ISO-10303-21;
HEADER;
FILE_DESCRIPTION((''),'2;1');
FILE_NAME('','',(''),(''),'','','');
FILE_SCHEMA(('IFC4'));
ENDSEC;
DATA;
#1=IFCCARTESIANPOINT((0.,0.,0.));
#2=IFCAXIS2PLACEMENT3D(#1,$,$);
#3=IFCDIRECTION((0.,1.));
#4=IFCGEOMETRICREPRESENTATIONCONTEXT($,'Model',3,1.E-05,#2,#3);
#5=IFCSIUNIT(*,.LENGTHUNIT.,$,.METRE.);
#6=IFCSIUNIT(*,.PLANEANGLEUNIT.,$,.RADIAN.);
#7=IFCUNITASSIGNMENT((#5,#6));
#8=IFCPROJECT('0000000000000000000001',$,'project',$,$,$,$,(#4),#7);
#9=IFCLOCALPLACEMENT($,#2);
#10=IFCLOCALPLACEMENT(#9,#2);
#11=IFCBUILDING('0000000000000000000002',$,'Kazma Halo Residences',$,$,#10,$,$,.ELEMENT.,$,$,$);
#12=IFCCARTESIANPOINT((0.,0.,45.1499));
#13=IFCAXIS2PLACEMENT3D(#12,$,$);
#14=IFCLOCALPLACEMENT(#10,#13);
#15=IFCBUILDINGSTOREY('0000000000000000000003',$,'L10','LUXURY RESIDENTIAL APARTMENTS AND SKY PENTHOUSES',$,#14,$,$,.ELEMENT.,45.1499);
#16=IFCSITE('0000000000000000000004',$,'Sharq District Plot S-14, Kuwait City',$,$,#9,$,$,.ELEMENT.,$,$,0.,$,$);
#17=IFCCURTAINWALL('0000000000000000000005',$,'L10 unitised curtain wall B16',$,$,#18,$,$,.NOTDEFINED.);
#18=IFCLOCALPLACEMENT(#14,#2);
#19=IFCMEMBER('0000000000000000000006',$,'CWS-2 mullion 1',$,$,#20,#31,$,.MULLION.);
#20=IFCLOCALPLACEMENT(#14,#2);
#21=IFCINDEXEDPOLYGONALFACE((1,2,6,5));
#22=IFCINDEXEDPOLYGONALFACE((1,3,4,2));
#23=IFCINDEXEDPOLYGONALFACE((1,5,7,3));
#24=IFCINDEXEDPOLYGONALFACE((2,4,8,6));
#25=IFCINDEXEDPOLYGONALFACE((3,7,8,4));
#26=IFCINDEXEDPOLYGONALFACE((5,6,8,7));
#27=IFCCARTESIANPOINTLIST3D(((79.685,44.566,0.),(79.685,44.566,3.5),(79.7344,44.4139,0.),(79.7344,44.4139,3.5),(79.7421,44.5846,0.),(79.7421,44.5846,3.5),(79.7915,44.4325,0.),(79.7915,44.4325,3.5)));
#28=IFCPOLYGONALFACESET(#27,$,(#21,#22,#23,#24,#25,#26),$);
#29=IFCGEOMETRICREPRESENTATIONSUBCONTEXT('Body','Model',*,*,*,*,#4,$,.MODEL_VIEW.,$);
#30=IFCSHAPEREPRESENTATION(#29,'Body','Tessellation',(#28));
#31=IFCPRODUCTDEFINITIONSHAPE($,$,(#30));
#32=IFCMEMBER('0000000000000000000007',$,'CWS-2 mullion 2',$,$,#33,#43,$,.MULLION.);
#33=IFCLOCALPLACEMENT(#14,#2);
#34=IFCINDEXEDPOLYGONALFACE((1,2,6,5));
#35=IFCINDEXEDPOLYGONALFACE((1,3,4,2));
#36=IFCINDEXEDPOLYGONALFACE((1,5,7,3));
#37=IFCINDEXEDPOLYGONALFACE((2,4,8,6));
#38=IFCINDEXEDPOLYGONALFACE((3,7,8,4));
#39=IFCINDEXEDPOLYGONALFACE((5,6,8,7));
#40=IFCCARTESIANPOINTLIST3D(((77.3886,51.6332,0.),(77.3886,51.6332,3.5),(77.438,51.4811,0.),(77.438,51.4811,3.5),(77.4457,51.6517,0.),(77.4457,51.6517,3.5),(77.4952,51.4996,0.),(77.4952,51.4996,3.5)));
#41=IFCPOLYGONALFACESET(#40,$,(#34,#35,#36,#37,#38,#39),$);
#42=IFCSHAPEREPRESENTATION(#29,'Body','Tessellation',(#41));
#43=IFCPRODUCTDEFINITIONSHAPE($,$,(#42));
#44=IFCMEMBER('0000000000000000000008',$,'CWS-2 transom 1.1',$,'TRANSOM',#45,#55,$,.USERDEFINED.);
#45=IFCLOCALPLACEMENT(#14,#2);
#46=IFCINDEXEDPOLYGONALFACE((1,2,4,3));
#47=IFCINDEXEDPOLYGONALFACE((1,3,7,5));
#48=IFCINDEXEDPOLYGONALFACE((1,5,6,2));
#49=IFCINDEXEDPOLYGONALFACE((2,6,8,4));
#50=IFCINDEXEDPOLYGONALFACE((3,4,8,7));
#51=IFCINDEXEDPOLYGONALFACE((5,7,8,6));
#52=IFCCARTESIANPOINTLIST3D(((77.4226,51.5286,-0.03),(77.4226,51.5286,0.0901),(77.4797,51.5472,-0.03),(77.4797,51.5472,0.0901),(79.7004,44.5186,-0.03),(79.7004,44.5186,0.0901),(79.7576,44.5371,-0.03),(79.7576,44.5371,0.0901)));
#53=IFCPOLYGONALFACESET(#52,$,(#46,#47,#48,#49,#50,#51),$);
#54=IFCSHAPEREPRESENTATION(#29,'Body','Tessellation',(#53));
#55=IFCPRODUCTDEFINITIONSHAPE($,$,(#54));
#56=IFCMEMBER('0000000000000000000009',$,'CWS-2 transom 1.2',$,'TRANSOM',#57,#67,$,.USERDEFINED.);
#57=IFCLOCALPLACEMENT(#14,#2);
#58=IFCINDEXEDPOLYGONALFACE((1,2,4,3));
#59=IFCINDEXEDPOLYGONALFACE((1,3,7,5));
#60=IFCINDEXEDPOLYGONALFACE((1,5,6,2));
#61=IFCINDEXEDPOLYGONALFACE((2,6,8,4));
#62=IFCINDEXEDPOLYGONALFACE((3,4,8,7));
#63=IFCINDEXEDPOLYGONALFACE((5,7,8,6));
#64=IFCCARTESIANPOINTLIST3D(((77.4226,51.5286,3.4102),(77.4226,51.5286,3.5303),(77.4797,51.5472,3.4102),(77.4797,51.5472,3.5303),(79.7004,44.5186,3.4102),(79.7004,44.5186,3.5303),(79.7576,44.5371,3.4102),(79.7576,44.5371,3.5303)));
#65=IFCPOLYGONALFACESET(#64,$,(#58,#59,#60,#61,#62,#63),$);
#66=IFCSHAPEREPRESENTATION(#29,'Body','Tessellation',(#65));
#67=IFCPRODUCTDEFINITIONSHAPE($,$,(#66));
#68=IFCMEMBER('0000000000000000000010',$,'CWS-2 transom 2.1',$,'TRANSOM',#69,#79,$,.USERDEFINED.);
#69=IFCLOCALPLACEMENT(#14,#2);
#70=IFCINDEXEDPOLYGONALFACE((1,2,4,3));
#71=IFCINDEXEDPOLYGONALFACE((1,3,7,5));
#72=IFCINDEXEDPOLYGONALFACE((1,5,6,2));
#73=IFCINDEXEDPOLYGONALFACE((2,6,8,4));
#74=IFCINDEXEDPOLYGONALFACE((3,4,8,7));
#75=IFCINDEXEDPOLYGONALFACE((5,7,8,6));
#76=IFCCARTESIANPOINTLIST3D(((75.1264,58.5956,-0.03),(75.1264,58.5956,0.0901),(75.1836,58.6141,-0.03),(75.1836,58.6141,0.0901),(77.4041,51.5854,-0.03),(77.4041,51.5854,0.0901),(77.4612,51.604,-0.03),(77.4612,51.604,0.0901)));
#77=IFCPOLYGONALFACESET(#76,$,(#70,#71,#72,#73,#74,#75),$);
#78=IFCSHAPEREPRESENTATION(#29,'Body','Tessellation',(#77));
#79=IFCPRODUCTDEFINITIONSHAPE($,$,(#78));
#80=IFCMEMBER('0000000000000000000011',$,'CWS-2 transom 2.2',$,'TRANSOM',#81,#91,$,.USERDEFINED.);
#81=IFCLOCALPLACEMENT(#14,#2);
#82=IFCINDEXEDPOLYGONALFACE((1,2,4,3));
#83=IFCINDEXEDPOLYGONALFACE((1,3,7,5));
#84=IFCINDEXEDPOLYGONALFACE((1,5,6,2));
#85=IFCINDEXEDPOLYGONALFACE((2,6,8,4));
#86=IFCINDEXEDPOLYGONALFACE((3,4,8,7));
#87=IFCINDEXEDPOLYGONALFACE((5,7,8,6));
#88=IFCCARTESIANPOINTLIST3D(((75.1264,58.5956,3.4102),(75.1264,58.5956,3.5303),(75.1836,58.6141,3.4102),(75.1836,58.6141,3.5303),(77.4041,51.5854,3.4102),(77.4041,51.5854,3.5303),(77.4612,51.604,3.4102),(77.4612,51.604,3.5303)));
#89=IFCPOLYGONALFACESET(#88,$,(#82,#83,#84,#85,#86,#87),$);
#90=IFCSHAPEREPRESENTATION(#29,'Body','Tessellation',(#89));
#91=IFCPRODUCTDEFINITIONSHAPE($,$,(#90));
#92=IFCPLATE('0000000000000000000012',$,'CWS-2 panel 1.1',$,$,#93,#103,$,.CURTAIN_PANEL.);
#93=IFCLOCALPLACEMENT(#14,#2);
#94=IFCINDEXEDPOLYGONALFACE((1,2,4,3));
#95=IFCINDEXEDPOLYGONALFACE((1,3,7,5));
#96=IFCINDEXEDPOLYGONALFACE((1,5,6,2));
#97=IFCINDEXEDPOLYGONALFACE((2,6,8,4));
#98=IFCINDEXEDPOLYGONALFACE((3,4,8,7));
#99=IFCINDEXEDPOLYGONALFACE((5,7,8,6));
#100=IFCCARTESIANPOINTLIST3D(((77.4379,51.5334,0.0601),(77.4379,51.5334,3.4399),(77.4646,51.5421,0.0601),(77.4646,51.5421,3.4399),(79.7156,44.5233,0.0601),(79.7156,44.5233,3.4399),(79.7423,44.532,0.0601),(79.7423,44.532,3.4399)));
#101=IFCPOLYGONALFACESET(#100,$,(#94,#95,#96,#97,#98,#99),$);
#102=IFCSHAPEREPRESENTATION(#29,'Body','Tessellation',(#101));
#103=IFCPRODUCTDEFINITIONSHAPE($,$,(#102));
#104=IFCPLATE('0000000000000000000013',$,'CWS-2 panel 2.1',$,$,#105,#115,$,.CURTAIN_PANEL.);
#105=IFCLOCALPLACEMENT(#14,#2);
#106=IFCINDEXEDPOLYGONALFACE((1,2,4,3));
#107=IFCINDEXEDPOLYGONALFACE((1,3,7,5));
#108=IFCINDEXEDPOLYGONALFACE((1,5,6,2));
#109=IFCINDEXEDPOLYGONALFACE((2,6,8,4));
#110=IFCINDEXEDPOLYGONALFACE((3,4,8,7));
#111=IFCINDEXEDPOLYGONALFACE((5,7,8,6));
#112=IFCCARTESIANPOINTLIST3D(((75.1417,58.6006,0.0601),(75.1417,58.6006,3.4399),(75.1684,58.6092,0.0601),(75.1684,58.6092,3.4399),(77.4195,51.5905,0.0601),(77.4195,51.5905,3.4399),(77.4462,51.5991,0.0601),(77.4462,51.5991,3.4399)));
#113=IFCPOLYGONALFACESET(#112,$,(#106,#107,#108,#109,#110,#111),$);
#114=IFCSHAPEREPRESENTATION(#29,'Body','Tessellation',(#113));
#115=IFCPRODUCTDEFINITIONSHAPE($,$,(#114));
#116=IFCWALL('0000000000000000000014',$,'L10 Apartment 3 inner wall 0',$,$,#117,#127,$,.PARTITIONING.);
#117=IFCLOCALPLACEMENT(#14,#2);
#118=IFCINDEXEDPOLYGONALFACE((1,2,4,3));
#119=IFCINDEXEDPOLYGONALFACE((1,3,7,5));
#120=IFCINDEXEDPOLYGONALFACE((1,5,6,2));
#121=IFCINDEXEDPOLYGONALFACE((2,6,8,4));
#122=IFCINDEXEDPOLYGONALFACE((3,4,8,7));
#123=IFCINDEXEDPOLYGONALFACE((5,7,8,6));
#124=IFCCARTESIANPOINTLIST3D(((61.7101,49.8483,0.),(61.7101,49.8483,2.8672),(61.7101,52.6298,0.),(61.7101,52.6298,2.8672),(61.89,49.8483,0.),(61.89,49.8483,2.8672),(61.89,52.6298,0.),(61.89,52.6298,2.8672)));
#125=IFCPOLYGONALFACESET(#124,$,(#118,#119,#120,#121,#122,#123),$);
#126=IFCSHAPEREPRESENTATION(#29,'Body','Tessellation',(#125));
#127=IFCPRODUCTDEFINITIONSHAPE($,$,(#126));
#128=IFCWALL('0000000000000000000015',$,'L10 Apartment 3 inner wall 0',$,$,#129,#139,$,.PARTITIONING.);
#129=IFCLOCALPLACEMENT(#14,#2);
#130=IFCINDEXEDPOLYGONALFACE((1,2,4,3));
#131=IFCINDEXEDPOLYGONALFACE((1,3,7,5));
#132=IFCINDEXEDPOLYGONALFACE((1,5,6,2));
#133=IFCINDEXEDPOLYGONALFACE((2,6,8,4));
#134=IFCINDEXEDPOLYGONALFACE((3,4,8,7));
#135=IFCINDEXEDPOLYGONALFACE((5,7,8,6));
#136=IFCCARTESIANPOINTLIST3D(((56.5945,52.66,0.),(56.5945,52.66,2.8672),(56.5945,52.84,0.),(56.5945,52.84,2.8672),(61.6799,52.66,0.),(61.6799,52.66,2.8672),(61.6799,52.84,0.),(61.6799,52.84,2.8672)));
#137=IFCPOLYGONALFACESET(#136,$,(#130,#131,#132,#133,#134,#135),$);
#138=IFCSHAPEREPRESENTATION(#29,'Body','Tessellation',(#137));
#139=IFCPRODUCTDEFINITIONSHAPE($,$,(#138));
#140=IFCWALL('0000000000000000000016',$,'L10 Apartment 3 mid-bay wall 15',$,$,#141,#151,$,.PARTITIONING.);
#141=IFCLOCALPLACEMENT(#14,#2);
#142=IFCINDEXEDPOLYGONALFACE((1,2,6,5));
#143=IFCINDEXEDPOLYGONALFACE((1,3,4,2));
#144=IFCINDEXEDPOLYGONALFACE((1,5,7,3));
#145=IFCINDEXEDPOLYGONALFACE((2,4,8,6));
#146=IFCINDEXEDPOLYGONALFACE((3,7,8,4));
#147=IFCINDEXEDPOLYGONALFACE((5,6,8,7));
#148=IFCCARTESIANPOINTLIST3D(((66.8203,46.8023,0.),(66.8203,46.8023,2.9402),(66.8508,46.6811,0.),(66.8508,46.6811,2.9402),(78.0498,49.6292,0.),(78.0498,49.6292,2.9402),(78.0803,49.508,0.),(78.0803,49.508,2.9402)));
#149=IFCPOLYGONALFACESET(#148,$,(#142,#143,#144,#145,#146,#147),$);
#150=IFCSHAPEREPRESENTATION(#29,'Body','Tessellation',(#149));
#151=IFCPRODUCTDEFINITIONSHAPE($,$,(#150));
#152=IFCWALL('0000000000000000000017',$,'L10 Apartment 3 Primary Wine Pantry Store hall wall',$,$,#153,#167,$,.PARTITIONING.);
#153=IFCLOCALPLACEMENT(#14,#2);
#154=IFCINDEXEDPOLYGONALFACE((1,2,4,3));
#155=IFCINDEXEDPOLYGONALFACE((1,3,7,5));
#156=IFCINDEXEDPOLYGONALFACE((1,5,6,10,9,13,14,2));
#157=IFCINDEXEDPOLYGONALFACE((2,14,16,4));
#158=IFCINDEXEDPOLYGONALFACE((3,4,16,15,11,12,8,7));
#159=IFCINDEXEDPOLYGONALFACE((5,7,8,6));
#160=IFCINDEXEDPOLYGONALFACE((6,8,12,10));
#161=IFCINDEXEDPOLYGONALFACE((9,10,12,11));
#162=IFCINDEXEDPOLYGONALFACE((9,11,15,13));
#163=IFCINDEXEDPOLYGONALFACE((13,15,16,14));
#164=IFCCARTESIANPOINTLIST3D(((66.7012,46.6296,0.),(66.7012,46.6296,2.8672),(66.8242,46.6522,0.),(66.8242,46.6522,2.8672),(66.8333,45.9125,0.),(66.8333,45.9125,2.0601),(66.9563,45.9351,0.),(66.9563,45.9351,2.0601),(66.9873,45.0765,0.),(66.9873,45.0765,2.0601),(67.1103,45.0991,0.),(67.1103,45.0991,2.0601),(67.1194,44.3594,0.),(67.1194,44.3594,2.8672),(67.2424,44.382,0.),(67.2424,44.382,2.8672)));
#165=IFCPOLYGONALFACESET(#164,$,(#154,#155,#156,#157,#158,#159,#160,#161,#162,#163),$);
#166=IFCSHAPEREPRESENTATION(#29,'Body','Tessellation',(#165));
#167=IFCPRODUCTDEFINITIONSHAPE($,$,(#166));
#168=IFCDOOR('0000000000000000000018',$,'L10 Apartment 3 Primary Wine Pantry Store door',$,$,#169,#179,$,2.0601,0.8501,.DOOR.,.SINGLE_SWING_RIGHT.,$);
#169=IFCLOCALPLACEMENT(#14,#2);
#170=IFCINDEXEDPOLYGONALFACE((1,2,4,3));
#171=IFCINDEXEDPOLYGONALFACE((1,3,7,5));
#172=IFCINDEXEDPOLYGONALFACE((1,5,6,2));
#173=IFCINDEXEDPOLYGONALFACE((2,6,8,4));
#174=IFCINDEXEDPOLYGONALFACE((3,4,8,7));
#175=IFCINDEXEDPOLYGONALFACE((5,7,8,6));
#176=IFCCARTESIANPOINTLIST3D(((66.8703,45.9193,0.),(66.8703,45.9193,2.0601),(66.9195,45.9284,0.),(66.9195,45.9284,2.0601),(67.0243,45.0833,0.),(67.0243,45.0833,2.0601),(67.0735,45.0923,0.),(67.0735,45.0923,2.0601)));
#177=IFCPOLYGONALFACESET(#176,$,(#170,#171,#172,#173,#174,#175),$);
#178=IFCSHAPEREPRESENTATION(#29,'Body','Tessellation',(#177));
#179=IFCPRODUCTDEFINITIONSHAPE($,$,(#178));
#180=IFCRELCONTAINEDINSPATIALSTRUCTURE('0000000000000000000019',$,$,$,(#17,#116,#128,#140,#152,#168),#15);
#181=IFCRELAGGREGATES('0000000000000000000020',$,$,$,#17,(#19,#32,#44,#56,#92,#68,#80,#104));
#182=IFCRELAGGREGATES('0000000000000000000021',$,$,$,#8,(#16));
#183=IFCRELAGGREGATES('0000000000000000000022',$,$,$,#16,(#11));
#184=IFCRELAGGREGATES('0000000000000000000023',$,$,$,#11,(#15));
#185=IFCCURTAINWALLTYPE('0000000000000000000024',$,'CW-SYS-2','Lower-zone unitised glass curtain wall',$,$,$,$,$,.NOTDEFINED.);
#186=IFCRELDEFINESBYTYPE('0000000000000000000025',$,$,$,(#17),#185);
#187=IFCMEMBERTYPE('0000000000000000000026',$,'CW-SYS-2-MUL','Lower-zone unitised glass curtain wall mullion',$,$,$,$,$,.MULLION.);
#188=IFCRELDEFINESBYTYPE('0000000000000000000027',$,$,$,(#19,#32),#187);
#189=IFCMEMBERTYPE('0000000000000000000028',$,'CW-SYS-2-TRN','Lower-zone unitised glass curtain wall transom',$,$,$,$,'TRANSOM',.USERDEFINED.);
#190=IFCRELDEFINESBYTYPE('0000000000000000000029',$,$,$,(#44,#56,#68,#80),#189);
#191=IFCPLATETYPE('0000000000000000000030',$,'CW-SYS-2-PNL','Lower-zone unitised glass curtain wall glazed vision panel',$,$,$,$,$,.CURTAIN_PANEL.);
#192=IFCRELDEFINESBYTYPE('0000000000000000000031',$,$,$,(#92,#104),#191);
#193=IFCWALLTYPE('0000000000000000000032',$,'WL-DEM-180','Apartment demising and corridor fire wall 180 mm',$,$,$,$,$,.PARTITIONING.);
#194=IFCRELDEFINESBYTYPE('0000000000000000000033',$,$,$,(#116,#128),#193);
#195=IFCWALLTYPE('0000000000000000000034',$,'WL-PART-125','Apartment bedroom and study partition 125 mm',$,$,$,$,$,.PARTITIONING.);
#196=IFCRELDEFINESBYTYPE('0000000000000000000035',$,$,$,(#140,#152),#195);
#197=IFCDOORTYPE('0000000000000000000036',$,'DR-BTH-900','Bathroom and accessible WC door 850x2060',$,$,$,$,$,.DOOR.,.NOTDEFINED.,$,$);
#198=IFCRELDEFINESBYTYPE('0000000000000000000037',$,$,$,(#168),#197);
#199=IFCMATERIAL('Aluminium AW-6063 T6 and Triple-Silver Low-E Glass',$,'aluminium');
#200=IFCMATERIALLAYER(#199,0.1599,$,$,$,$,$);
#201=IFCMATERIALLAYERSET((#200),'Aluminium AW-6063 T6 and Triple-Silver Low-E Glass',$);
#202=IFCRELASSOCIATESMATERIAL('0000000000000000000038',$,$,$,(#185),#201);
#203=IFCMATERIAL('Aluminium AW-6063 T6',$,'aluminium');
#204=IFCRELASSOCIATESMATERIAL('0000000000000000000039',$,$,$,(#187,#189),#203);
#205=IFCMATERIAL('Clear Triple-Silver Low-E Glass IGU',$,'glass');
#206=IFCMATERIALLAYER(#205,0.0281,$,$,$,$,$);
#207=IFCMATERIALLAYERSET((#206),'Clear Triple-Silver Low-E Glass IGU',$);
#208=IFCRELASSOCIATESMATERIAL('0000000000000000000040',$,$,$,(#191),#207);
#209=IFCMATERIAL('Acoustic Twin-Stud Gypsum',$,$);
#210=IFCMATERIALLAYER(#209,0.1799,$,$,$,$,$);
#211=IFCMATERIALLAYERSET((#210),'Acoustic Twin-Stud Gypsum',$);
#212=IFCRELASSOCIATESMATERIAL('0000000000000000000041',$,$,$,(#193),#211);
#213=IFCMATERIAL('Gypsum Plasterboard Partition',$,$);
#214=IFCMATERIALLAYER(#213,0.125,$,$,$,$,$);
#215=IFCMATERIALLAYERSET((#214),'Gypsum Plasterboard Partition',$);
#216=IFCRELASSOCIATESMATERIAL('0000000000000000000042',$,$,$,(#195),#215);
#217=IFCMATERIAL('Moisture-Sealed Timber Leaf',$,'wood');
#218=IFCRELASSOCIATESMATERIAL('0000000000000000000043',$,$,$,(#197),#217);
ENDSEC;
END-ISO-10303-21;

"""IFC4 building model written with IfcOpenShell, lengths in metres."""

from ifc_helpers import new_model, si_unit, direction, frame, frame_2d, origin, origin_2d, place, context, subcontext, project, spatial, rectangle, extrude, material, layer, layer_set, material_profile, profile_set, type_object, element, fill, aggregate, save


model = new_model("IFC4")

# Units and contexts
model_context = context("Model", 3, precision=1e-05, world=origin(), true_north=direction((0.0, 1.0)))
body_context = subcontext(model_context, "Body", "Model", "MODEL_VIEW")
ifc_project = project(units=[si_unit("LENGTHUNIT", "METRE"), si_unit("PLANEANGLEUNIT", "RADIAN")], contexts=[model_context])

# Site, building, storey
site_placement = place(None, origin())
site = spatial("IfcSite", under=ifc_project, at=site_placement, Name="Sharq District Plot S-14, Kuwait City", CompositionType="ELEMENT", RefElevation=0.0)
building_placement = place(site_placement, origin())
building = spatial("IfcBuilding", under=site, at=building_placement, Name="Kazma Halo Residences", CompositionType="ELEMENT")
storey_placement = place(building_placement, frame((0.0, 0.0, 45.1499)))
storey = spatial("IfcBuildingStorey", under=building, at=storey_placement, Name="L10", Description="LUXURY RESIDENTIAL APARTMENTS AND SKY PENTHOUSES", CompositionType="ELEMENT", Elevation=45.1499)

# Curtain wall, members, plates
ifc_material_1 = material(Name="Aluminium AW-6063 T6 and Triple-Silver Low-E Glass", Category="aluminium")
ifc_layer_1 = layer(ifc_material_1, 0.1599)
ifc_layer_set_1 = layer_set([ifc_layer_1], Name="Aluminium AW-6063 T6 and Triple-Silver Low-E Glass")
curtain_wall_type = type_object("IfcCurtainWallType", Name="CW-SYS-2", Description="Lower-zone unitised glass curtain wall", PredefinedType="NOTDEFINED", material=ifc_layer_set_1)
curtain_wall_placement = place(storey_placement, origin())
curtain_wall = element("IfcCurtainWall", 1, at=curtain_wall_placement, inside=storey, type_object=curtain_wall_type, Name="L10 unitised curtain wall B16", PredefinedType="NOTDEFINED")
ifc_material_2 = material(Name="Aluminium AW-6063 T6", Category="aluminium")
ifc_material_profile_1 = material_profile(ifc_material_2, rectangle(XDim=0.0601, YDim=0.1599, at=origin_2d()), Name="CWM-60x160")
ifc_profile_set_1 = profile_set([ifc_material_profile_1], Name="Aluminium AW-6063 T6")
member_type_1 = type_object("IfcMemberType", Name="CW-SYS-2-MUL", Description="Lower-zone unitised glass curtain wall mullion", PredefinedType="MULLION", material=ifc_profile_set_1)
member_1_placement = place(storey_placement, frame((79.7383, 44.4993, 0.0), z_axis=(0.0, 0.0, 1.0), x_axis=(-0.951057, -0.309017, 0.0)))
member_1 = element("IfcMember", 2, at=member_1_placement, type_object=member_type_1, Name="CWS-2 mullion 1", PredefinedType="MULLION", context=body_context, shape_type="SweptSolid", body=[
    extrude(rectangle(XDim=0.0601, YDim=0.1599, at=origin_2d()), origin(), (0.0, 0.0, 1.0), 3.5),
])
member_2_placement = place(storey_placement, frame((77.4419, 51.5664, 0.0), z_axis=(0.0, 0.0, 1.0), x_axis=(-0.951057, -0.309017, 0.0)))
member_2 = element("IfcMember", 3, at=member_2_placement, type_object=member_type_1, Name="CWS-2 mullion 2", PredefinedType="MULLION", context=body_context, shape_type="SweptSolid", body=[
    extrude(rectangle(XDim=0.0601, YDim=0.1599, at=origin_2d()), origin(), (0.0, 0.0, 1.0), 3.5),
])
ifc_material_profile_2 = material_profile(ifc_material_2, rectangle(XDim=0.0601, YDim=0.1201, at=origin_2d()), Name="CWT-60x120")
ifc_profile_set_2 = profile_set([ifc_material_profile_2], Name="Aluminium AW-6063 T6")
member_type_2 = type_object("IfcMemberType", Name="CW-SYS-2-TRN", Description="Lower-zone unitised glass curtain wall transom", ElementType="TRANSOM", PredefinedType="USERDEFINED", material=ifc_profile_set_2)
member_3_placement = place(storey_placement, frame((79.729, 44.5278, 0.03), z_axis=(-0.309034, 0.951051, 0.0), x_axis=(-0.951051, -0.309034, 0.0)))
member_3 = element("IfcMember", 4, at=member_3_placement, type_object=member_type_2, Name="CWS-2 transom 1.1", ObjectType="TRANSOM", PredefinedType="USERDEFINED", context=body_context, shape_type="SweptSolid", body=[
    extrude(rectangle(XDim=0.0601, YDim=0.1201, at=origin_2d()), origin(), (0.0, 0.0, 1.0), 7.3708),
])
member_4_placement = place(storey_placement, frame((79.729, 44.5278, 3.4702), z_axis=(-0.309034, 0.951051, 0.0), x_axis=(-0.951051, -0.309034, 0.0)))
member_4 = element("IfcMember", 5, at=member_4_placement, type_object=member_type_2, Name="CWS-2 transom 1.2", ObjectType="TRANSOM", PredefinedType="USERDEFINED", context=body_context, shape_type="SweptSolid", body=[
    extrude(rectangle(XDim=0.0601, YDim=0.1201, at=origin_2d()), origin(), (0.0, 0.0, 1.0), 7.3708),
])
member_5_placement = place(storey_placement, frame((77.4326, 51.5947, 0.03), z_axis=(-0.309004, 0.951061, 0.0), x_axis=(-0.951061, -0.309004, 0.0)))
member_5 = element("IfcMember", 6, at=member_5_placement, type_object=member_type_2, Name="CWS-2 transom 2.1", ObjectType="TRANSOM", PredefinedType="USERDEFINED", context=body_context, shape_type="SweptSolid", body=[
    extrude(rectangle(XDim=0.0601, YDim=0.1201, at=origin_2d()), origin(), (0.0, 0.0, 1.0), 7.3708),
])
member_6_placement = place(storey_placement, frame((77.4326, 51.5947, 3.4702), z_axis=(-0.309004, 0.951061, 0.0), x_axis=(-0.951061, -0.309004, 0.0)))
member_6 = element("IfcMember", 7, at=member_6_placement, type_object=member_type_2, Name="CWS-2 transom 2.2", ObjectType="TRANSOM", PredefinedType="USERDEFINED", context=body_context, shape_type="SweptSolid", body=[
    extrude(rectangle(XDim=0.0601, YDim=0.1201, at=origin_2d()), origin(), (0.0, 0.0, 1.0), 7.3708),
])
ifc_material_3 = material(Name="Clear Triple-Silver Low-E Glass IGU", Category="glass")
ifc_layer_2 = layer(ifc_material_3, 0.0281)
ifc_layer_set_2 = layer_set([ifc_layer_2], Name="Clear Triple-Silver Low-E Glass IGU")
plate_type = type_object("IfcPlateType", Name="CW-SYS-2-PNL", Description="Lower-zone unitised glass curtain wall glazed vision panel", PredefinedType="CURTAIN_PANEL", material=ifc_layer_set_2)
plate_1_placement = place(storey_placement, frame((78.5901, 48.0327, 0.0601), z_axis=(0.0, 0.0, 1.0), x_axis=(-0.309017, 0.951057, 0.0)))
plate_1 = element("IfcPlate", 8, at=plate_1_placement, type_object=plate_type, Name="CWS-2 panel 1.1", PredefinedType="CURTAIN_PANEL", context=body_context, shape_type="SweptSolid", body=[
    extrude(rectangle(XDim=7.3708, YDim=0.0281, at=origin_2d()), origin(), (0.0, 0.0, 1.0), 3.3799),
])
plate_2_placement = place(storey_placement, frame((76.2939, 55.0999, 0.0601), z_axis=(0.0, 0.0, 1.0), x_axis=(-0.309017, 0.951057, 0.0)))
plate_2 = element("IfcPlate", 9, at=plate_2_placement, type_object=plate_type, Name="CWS-2 panel 2.1", PredefinedType="CURTAIN_PANEL", context=body_context, shape_type="SweptSolid", body=[
    extrude(rectangle(XDim=7.3708, YDim=0.0281, at=origin_2d()), origin(), (0.0, 0.0, 1.0), 3.3799),
])
aggregate(curtain_wall, [member_1, member_2, member_3, member_4, plate_1, member_5, member_6, plate_2])

# Walls
ifc_material_4 = material(Name="Acoustic Twin-Stud Gypsum")
ifc_layer_3 = layer(ifc_material_4, 0.1799)
ifc_layer_set_3 = layer_set([ifc_layer_3], Name="Acoustic Twin-Stud Gypsum")
wall_type_1 = type_object("IfcWallType", Name="WL-DEM-180", Description="Apartment demising and corridor fire wall 180 mm", PredefinedType="PARTITIONING", material=ifc_layer_set_3)
wall_1_placement = place(storey_placement, frame((61.8, 49.8484, 0.0), z_axis=(0.0, 0.0, 1.0), x_axis=(0.0, 1.0, 0.0)))
element("IfcWall", 10, at=wall_1_placement, inside=storey, type_object=wall_type_1, Name="L10 Apartment 3 inner wall 0", PredefinedType="PARTITIONING", context=body_context, shape_type="SweptSolid", body=[
    extrude(rectangle(XDim=2.7815, YDim=0.1799, at=frame_2d((1.3906, 0.0))), origin(), (0.0, 0.0, 1.0), 2.8672),
])
wall_2_placement = place(storey_placement, frame((61.6799, 52.75, 0.0), z_axis=(0.0, 0.0, 1.0), x_axis=(-1.0, 0.0, 0.0)))
element("IfcWall", 11, at=wall_2_placement, inside=storey, type_object=wall_type_1, Name="L10 Apartment 3 inner wall 0", PredefinedType="PARTITIONING", context=body_context, shape_type="SweptSolid", body=[
    extrude(rectangle(XDim=5.0854, YDim=0.1799, at=frame_2d((2.5427, 0.0))), origin(), (0.0, 0.0, 1.0), 2.8672),
])
ifc_material_5 = material(Name="Gypsum Plasterboard Partition")
ifc_layer_4 = layer(ifc_material_5, 0.125)
ifc_layer_set_4 = layer_set([ifc_layer_4], Name="Gypsum Plasterboard Partition")
wall_type_2 = type_object("IfcWallType", Name="WL-PART-125", Description="Apartment bedroom and study partition 125 mm", PredefinedType="PARTITIONING", material=ifc_layer_set_4)
wall_3_placement = place(storey_placement, frame((66.8354, 46.7417, 0.0), z_axis=(0.0, 0.0, 1.0), x_axis=(0.969744, 0.244123, 0.0)))
element("IfcWall", 12, at=wall_3_placement, inside=storey, type_object=wall_type_2, Name="L10 Apartment 3 mid-bay wall 15", PredefinedType="PARTITIONING", context=body_context, shape_type="SweptSolid", body=[
    extrude(rectangle(XDim=11.5798, YDim=0.125, at=frame_2d((5.79, 0.0))), origin(), (0.0, 0.0, 1.0), 2.9402),
])

# Wall, opening, door
wall_4_placement = place(storey_placement, frame((67.1809, 44.3706, 0.0), z_axis=(0.0, 0.0, 1.0), x_axis=(-0.181165, 0.983453, 0.0)))
wall_4 = element("IfcWall", 13, at=wall_4_placement, inside=storey, type_object=wall_type_2, Name="L10 Apartment 3 Primary Wine Pantry Store hall wall", PredefinedType="PARTITIONING", context=body_context, shape_type="SweptSolid", body=[
    extrude(rectangle(XDim=2.3083, YDim=0.125, at=frame_2d((1.1543, 0.0))), origin(), (0.0, 0.0, 1.0), 2.8672),
])
opening_1_placement = place(wall_4_placement, frame((0.7292, 0.0, 0.0)))
opening_1 = element("IfcOpeningElement", 14, at=opening_1_placement, cuts=wall_4, PredefinedType="OPENING", context=body_context, shape_type="SweptSolid", body=[
    extrude(rectangle(XDim=0.8501, YDim=2.0601, at=frame_2d((0.425, 1.03))), frame((0.0, 0.0725, 0.0), z_axis=(0.0, -1.0, 0.0), x_axis=(1.0, 0.0, 0.0)), (0.0, 0.0, 1.0), 0.145),
])
ifc_material_6 = material(Name="Moisture-Sealed Timber Leaf", Category="wood")
door_type_1 = type_object("IfcDoorType", Name="DR-BTH-900", Description="Bathroom and accessible WC door 850x2060", OperationType="NOTDEFINED", PredefinedType="DOOR", material=ifc_material_6)
door_1_placement = place(opening_1_placement, origin())
door_1 = element("IfcDoor", 15, at=door_1_placement, inside=storey, type_object=door_type_1, Name="L10 Apartment 3 Primary Wine Pantry Store door", OperationType="SINGLE_SWING_RIGHT", OverallHeight=2.0601, OverallWidth=0.8501, PredefinedType="DOOR", context=body_context, shape_type="SweptSolid", body=[
    extrude(rectangle(XDim=0.8501, YDim=2.0601, at=frame_2d((0.425, 1.03))), frame((0.0, 0.0249, 0.0), z_axis=(0.0, -1.0, 0.0), x_axis=(1.0, 0.0, 0.0)), (0.0, 0.0, 1.0), 0.05),
])
fill(opening_1, door_1)

save(model, "model.ifc")
